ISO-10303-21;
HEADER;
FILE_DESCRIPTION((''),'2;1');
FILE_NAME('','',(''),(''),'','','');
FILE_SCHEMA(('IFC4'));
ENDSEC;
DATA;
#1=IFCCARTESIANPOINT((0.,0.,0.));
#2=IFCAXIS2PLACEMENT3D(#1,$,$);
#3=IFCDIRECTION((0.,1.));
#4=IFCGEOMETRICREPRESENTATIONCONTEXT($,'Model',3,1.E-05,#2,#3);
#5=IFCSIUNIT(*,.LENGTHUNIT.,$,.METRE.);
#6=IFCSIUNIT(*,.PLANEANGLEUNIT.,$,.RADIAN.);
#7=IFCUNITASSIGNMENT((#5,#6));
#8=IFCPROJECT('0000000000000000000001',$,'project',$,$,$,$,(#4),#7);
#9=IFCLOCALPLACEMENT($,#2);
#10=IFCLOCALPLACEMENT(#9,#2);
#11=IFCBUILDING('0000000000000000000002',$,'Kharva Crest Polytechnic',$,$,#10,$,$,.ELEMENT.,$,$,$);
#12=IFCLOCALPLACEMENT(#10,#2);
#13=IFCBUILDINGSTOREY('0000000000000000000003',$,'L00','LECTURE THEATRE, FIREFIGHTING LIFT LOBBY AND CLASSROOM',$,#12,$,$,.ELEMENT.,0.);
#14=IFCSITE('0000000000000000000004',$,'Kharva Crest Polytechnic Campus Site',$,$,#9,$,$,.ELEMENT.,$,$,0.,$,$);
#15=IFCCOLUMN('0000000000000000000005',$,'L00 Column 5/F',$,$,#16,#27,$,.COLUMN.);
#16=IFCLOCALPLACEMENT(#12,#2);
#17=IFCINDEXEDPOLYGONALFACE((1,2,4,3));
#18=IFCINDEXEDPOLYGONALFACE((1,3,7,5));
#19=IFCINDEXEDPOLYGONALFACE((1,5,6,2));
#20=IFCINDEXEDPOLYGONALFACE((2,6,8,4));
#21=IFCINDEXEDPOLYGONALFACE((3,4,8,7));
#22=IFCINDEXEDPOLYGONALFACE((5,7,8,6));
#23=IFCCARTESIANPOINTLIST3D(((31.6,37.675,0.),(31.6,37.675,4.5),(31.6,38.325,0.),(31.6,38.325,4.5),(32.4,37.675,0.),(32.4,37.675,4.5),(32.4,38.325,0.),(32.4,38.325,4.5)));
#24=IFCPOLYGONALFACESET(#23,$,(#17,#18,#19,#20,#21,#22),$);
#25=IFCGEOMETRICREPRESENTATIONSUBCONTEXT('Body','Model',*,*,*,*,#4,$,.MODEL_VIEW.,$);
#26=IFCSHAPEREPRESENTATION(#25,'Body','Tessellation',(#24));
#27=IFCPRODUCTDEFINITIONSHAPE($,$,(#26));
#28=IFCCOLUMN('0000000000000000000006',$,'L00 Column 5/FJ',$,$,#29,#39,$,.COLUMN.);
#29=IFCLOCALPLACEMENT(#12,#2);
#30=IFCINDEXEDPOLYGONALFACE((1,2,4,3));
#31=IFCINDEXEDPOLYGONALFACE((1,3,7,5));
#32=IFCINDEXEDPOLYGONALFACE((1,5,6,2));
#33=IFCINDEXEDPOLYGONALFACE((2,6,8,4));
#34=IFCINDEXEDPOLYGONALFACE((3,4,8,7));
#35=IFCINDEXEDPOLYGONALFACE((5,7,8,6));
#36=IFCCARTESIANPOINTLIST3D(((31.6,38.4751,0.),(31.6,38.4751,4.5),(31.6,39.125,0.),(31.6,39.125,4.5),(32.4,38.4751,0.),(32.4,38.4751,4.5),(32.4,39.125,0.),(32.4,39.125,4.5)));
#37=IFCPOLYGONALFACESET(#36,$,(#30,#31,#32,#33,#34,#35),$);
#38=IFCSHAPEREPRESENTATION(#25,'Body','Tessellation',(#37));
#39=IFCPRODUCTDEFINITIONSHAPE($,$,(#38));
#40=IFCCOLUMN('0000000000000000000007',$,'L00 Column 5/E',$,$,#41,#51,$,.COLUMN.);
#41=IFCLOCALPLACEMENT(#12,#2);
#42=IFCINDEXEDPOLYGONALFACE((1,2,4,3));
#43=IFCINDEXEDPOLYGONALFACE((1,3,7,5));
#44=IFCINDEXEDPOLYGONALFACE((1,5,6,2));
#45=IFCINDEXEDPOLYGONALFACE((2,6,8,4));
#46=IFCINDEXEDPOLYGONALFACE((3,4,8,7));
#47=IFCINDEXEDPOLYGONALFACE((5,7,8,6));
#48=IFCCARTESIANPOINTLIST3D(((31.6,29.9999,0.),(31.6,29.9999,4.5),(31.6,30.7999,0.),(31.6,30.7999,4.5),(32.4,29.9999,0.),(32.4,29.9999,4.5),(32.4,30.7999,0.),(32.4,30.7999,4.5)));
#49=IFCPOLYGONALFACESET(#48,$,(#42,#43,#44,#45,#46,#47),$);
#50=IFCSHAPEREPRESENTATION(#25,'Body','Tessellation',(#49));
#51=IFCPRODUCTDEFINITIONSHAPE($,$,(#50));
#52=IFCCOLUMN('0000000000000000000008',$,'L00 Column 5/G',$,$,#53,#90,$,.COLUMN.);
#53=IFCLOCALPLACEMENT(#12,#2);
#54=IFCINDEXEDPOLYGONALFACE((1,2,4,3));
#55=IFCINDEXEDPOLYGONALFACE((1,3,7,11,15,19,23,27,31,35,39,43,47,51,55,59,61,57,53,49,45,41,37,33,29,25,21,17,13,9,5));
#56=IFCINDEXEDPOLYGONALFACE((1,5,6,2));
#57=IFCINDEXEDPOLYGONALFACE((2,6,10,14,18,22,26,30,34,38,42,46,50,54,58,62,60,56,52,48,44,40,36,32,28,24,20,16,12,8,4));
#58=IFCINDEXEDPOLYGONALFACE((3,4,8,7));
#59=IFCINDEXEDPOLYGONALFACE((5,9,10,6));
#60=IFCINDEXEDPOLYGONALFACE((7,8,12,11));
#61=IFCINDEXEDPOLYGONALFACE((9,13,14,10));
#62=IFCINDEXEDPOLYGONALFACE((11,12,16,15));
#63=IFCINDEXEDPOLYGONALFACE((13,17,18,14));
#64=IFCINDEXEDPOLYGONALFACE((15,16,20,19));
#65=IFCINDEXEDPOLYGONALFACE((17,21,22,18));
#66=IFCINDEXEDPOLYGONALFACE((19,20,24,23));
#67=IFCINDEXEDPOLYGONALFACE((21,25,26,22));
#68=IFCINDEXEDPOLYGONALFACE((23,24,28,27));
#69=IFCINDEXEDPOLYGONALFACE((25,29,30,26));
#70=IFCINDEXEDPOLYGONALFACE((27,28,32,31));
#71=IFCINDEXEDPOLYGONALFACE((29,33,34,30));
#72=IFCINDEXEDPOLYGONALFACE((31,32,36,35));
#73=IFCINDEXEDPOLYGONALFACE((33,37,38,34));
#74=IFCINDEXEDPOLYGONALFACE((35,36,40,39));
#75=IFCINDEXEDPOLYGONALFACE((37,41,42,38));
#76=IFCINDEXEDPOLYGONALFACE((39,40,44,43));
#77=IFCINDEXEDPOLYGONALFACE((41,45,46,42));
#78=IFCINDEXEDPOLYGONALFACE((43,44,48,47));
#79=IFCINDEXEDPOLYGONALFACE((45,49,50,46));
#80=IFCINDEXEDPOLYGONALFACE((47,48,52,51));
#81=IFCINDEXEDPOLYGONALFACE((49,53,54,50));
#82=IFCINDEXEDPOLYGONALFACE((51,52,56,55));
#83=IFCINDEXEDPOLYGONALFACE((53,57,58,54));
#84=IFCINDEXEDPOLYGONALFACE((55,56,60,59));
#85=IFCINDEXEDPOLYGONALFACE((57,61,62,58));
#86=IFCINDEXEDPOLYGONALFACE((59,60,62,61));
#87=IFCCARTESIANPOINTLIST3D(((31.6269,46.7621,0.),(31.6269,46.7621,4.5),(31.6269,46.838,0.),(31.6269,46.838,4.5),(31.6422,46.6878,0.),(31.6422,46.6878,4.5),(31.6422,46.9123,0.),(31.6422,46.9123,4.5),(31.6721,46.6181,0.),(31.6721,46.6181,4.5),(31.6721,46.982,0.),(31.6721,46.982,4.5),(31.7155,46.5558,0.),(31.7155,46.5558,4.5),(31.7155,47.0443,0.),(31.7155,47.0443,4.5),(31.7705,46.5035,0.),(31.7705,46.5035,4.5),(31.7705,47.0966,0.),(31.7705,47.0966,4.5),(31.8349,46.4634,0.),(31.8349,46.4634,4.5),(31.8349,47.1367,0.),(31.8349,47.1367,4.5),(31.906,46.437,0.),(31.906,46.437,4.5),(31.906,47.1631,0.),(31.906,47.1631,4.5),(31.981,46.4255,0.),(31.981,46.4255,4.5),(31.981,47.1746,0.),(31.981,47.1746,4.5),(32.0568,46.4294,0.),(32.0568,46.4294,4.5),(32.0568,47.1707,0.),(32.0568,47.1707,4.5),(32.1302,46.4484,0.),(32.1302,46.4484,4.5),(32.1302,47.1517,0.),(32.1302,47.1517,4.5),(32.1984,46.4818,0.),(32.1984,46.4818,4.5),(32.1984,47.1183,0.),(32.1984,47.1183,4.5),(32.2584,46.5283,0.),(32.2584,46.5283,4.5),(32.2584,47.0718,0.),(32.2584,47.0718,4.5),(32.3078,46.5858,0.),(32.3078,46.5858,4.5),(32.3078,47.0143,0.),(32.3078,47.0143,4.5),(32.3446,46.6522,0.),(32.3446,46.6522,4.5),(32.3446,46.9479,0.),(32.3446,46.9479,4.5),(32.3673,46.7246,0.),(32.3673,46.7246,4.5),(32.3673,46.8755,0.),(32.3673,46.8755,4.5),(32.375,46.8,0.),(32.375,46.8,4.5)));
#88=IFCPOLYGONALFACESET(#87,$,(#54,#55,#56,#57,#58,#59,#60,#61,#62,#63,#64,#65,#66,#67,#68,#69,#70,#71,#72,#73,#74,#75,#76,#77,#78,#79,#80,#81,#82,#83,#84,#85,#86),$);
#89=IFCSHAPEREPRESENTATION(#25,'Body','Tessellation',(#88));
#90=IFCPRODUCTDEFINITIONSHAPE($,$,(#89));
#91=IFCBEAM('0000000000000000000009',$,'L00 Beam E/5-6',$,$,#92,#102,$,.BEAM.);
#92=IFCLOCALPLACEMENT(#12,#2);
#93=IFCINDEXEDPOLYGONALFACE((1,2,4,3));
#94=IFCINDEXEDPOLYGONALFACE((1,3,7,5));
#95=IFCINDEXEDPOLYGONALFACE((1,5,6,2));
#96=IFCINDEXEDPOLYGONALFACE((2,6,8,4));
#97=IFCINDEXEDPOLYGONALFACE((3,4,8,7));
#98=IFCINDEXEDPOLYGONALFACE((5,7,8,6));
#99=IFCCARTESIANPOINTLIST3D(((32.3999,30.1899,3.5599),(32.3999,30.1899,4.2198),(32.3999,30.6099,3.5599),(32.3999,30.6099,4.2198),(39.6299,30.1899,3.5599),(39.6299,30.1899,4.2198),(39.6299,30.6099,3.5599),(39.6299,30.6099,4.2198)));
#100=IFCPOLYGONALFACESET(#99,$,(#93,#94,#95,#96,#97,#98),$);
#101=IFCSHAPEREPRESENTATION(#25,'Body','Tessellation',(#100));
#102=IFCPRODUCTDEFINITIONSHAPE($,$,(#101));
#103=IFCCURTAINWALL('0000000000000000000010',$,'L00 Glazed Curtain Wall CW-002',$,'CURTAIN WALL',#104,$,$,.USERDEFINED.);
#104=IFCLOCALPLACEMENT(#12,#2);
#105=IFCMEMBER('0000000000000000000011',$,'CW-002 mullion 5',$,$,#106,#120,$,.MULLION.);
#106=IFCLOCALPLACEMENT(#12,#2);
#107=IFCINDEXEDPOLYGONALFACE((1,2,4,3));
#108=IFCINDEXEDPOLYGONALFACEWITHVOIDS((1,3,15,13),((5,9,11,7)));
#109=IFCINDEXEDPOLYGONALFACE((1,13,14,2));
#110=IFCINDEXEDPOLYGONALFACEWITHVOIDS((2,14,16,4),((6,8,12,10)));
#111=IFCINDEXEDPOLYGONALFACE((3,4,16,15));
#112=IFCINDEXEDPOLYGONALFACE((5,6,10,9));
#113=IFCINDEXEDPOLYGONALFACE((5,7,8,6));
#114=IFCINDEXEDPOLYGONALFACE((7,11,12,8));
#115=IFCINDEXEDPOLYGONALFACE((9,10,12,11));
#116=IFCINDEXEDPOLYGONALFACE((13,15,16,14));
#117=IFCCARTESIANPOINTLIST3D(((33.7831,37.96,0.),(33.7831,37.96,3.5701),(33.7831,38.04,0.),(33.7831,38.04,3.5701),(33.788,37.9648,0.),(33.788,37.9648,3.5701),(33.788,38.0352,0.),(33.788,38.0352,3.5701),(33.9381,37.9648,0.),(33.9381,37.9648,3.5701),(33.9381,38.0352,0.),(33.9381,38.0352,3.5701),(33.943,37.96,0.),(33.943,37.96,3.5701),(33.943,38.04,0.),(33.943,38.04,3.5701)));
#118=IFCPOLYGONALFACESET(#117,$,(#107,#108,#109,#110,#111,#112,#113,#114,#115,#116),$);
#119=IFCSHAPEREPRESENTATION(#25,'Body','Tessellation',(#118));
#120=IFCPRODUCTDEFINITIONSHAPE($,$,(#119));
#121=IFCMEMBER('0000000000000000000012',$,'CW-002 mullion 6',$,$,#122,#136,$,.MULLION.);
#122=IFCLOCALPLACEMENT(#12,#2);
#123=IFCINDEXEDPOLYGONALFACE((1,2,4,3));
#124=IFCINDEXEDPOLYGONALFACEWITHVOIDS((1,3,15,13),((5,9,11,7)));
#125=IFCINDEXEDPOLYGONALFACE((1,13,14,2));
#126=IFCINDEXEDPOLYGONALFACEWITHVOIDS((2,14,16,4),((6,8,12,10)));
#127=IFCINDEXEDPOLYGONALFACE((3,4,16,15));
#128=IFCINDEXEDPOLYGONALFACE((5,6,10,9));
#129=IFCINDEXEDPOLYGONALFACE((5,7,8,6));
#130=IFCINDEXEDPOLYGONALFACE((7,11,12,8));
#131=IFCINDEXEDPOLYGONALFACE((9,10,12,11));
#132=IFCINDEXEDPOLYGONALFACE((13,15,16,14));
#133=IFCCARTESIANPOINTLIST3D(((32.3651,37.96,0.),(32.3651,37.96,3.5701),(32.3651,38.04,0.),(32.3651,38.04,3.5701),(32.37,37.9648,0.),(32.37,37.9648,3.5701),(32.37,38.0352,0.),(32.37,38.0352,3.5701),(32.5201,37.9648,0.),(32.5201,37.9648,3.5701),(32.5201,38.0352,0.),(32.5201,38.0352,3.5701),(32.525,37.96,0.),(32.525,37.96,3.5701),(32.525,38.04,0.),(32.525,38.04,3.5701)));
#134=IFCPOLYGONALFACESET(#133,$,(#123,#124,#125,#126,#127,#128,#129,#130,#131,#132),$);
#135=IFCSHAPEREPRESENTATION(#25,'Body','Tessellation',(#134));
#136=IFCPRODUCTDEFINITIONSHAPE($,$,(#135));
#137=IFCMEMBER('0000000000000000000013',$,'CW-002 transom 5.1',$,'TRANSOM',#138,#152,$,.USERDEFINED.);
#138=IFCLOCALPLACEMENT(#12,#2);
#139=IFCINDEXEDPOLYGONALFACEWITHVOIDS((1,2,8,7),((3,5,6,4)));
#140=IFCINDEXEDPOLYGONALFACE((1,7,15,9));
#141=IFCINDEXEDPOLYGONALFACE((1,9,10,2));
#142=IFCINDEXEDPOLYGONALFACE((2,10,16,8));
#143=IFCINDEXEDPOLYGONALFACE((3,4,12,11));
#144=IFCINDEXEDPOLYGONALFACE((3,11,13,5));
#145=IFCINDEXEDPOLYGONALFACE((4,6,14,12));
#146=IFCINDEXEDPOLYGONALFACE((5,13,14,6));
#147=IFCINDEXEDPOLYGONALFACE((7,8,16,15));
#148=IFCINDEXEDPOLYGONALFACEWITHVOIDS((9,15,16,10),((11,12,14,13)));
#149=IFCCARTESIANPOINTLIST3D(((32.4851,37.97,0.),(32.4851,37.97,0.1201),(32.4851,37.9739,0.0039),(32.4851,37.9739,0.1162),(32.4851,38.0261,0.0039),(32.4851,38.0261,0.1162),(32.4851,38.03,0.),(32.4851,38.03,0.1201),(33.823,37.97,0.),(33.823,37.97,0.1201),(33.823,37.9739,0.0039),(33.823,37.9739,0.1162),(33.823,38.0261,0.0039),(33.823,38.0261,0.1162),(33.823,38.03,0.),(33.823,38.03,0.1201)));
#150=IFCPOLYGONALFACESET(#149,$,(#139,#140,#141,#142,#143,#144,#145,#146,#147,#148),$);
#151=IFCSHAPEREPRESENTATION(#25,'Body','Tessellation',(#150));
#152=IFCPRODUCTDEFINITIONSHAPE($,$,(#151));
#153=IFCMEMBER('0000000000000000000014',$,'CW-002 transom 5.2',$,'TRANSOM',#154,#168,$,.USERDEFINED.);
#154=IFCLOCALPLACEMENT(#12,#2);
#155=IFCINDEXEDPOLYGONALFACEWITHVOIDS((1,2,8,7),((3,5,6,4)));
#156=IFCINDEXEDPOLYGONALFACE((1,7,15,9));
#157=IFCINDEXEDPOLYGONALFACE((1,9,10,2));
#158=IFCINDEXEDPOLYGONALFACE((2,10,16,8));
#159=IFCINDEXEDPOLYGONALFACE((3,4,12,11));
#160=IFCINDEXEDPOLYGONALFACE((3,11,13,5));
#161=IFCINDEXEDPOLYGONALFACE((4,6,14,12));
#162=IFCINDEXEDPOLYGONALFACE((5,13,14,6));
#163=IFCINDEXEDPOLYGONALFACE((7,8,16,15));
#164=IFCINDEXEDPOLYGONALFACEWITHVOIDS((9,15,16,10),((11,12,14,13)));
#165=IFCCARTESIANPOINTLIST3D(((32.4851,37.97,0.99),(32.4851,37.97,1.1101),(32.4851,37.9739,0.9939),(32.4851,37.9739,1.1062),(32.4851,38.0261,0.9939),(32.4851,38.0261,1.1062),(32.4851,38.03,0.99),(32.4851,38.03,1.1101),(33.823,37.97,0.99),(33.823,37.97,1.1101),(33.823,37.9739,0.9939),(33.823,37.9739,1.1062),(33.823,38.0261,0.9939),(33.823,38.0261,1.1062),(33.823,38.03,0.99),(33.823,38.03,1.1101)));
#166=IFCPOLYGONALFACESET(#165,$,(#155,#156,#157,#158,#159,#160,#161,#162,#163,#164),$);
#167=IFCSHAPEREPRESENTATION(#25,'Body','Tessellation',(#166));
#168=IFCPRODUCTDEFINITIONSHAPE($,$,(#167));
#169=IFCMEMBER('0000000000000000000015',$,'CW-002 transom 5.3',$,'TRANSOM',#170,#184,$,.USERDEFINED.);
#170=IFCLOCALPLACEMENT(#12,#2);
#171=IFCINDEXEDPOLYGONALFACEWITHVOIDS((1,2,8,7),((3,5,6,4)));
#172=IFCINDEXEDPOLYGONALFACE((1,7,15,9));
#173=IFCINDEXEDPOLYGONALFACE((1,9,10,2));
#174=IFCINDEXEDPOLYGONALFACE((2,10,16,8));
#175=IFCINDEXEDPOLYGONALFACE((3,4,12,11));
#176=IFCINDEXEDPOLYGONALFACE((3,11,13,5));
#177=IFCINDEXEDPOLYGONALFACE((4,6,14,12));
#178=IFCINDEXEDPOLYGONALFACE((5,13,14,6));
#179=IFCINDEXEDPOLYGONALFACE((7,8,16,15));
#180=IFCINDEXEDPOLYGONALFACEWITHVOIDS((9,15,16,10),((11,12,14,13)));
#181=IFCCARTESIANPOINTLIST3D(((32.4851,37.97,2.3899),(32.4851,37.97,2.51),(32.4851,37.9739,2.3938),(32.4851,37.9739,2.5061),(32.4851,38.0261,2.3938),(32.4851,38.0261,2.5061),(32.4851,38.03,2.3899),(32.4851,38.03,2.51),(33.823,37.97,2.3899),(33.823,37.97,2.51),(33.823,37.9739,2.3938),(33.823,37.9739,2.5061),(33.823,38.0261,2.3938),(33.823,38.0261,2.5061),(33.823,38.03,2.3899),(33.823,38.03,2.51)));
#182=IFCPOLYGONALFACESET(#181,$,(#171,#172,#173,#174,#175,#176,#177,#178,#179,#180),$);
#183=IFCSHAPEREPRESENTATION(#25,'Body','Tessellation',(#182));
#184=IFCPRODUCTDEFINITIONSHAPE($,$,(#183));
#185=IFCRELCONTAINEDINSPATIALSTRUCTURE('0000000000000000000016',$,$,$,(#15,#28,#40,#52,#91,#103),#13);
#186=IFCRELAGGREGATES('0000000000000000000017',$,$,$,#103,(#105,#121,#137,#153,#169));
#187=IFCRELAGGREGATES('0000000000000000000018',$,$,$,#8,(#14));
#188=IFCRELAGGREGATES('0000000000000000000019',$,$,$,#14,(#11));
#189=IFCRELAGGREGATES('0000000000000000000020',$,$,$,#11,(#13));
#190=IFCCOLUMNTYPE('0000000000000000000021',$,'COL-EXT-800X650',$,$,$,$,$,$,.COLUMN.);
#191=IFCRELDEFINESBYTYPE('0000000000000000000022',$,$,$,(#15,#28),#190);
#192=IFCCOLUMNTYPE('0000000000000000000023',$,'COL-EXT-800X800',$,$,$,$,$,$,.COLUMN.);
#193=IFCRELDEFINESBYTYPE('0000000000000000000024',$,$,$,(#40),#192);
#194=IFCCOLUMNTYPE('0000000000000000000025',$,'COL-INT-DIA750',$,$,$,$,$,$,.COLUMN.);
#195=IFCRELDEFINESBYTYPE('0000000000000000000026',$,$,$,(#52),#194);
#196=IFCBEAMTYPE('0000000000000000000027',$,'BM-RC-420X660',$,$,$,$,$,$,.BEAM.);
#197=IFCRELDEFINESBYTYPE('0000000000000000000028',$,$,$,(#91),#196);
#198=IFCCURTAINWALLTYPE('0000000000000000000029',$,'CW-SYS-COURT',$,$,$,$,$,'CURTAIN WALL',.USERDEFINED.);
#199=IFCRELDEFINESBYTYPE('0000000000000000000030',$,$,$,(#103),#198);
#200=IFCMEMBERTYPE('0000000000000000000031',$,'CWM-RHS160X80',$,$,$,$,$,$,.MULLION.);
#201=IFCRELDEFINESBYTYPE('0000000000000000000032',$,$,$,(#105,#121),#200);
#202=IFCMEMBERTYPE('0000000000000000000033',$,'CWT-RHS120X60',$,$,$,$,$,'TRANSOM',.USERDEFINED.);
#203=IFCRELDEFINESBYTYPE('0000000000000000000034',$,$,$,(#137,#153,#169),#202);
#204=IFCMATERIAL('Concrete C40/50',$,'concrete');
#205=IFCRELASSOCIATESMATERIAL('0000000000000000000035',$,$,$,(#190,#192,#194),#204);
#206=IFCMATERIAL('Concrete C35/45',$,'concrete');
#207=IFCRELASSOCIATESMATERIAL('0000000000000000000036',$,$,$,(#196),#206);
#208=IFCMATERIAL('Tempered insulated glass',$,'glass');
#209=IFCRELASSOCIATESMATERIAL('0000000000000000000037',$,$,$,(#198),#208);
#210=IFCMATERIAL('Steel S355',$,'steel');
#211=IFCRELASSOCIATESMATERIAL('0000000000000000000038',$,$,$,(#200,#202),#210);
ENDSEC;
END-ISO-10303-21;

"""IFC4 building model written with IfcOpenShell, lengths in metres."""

from ifc_helpers import new_model, si_unit, direction, frame, origin, origin_2d, place, context, subcontext, project, spatial, rectangle, hollow_rectangle, circle, extrude, material, material_profile, profile_set, type_object, element, aggregate, save


model = new_model("IFC4")

# Units and contexts
model_context = context("Model", 3, precision=1e-05, world=origin(), true_north=direction((0.0, 1.0)))
body_context = subcontext(model_context, "Body", "Model", "MODEL_VIEW")
ifc_project = project(units=[si_unit("LENGTHUNIT", "METRE"), si_unit("PLANEANGLEUNIT", "RADIAN")], contexts=[model_context])

# Site, building, storey
site_placement = place(None, origin())
site = spatial("IfcSite", under=ifc_project, at=site_placement, Name="Kharva Crest Polytechnic Campus Site", CompositionType="ELEMENT", RefElevation=0.0)
building_placement = place(site_placement, origin())
building = spatial("IfcBuilding", under=site, at=building_placement, Name="Kharva Crest Polytechnic", CompositionType="ELEMENT")
storey_placement = place(building_placement, origin())
storey = spatial("IfcBuildingStorey", under=building, at=storey_placement, Name="L00", Description="LECTURE THEATRE, FIREFIGHTING LIFT LOBBY AND CLASSROOM", CompositionType="ELEMENT", Elevation=0.0)

# Shared definitions
ifc_material_1 = material(Name="Concrete C35/45", Category="concrete")

# Columns
ifc_material_2 = material(Name="Concrete C40/50", Category="concrete")
ifc_material_profile_1 = material_profile(ifc_material_2, rectangle(XDim=0.8, YDim=0.6499, at=origin_2d()), Name="RECT 800 X 650")
ifc_profile_set_1 = profile_set([ifc_material_profile_1], Name="Concrete C40/50")
column_type_1 = type_object("IfcColumnType", Name="COL-EXT-800X650", PredefinedType="COLUMN", material=ifc_profile_set_1)
for number, where, z_axis, x_axis, name in (
    (1, (32.0, 38.0, 0.0), (0.0, 0.0, 1.0), (1.0, 0.0, 0.0), "L00 Column 5/F"),
    (2, (32.0, 38.8, 0.0), (0.0, 0.0, 1.0), (1.0, 0.0, 0.0), "L00 Column 5/FJ"),
):
    element("IfcColumn", number, at=place(storey_placement, frame(where, z_axis=z_axis, x_axis=x_axis)), inside=storey, type_object=column_type_1, Name=name, PredefinedType="COLUMN", context=body_context, shape_type="SweptSolid", body=[
        extrude(rectangle(XDim=0.8, YDim=0.6499, at=origin_2d()), origin(), (0.0, 0.0, 1.0), 4.5),
    ])
ifc_material_profile_2 = material_profile(ifc_material_2, rectangle(XDim=0.8, YDim=0.8, at=origin_2d()), Name="RECT 800 X 800")
ifc_profile_set_2 = profile_set([ifc_material_profile_2], Name="Concrete C40/50")
column_type_2 = type_object("IfcColumnType", Name="COL-EXT-800X800", PredefinedType="COLUMN", material=ifc_profile_set_2)
column_1_placement = place(storey_placement, frame((32.0, 30.3999, 0.0), z_axis=(0.0, 0.0, 1.0), x_axis=(1.0, 0.0, 0.0)))
element("IfcColumn", 3, at=column_1_placement, inside=storey, type_object=column_type_2, Name="L00 Column 5/E", PredefinedType="COLUMN", context=body_context, shape_type="SweptSolid", body=[
    extrude(rectangle(XDim=0.8, YDim=0.8, at=origin_2d()), origin(), (0.0, 0.0, 1.0), 4.5),
])
ifc_material_profile_3 = material_profile(ifc_material_2, circle(Radius=0.375, at=origin_2d()), Name="DIA 750")
ifc_profile_set_3 = profile_set([ifc_material_profile_3], Name="Concrete C40/50")
column_type_3 = type_object("IfcColumnType", Name="COL-INT-DIA750", PredefinedType="COLUMN", material=ifc_profile_set_3)
column_2_placement = place(storey_placement, frame((32.0, 46.8, 0.0), z_axis=(0.0, 0.0, 1.0), x_axis=(1.0, 0.0, 0.0)))
element("IfcColumn", 4, at=column_2_placement, inside=storey, type_object=column_type_3, Name="L00 Column 5/G", PredefinedType="COLUMN", context=body_context, shape_type="SweptSolid", body=[
    extrude(circle(Radius=0.375, at=origin_2d()), origin(), (0.0, 0.0, 1.0), 4.5),
])

# Beam
ifc_material_profile_4 = material_profile(ifc_material_1, rectangle(XDim=0.4199, YDim=0.6599, at=origin_2d()), Name="RECT 420 X 660")
ifc_profile_set_4 = profile_set([ifc_material_profile_4], Name="Concrete C35/45")
beam_type_1 = type_object("IfcBeamType", Name="BM-RC-420X660", PredefinedType="BEAM", material=ifc_profile_set_4)
beam_1_placement = place(storey_placement, frame((32.3999, 30.3999, 3.8899), z_axis=(1.0, 0.0, 0.0), x_axis=(0.0, 1.0, 0.0)))
element("IfcBeam", 5, at=beam_1_placement, inside=storey, type_object=beam_type_1, Name="L00 Beam E/5-6", PredefinedType="BEAM", context=body_context, shape_type="SweptSolid", body=[
    extrude(rectangle(XDim=0.4199, YDim=0.6599, at=origin_2d()), origin(), (0.0, 0.0, 1.0), 7.23),
])

# Curtain wall, members
ifc_material_3 = material(Name="Tempered insulated glass", Category="glass")
curtain_wall_type = type_object("IfcCurtainWallType", Name="CW-SYS-COURT", ElementType="CURTAIN WALL", PredefinedType="USERDEFINED", material=ifc_material_3)
curtain_wall_placement = place(storey_placement, origin())
curtain_wall = element("IfcCurtainWall", 6, at=curtain_wall_placement, inside=storey, type_object=curtain_wall_type, Name="L00 Glazed Curtain Wall CW-002", ObjectType="CURTAIN WALL", PredefinedType="USERDEFINED")
ifc_material_4 = material(Name="Steel S355", Category="steel")
ifc_material_profile_5 = material_profile(ifc_material_4, hollow_rectangle(XDim=0.0801, YDim=0.1599, WallThickness=0.0049, at=origin_2d()), Name="RHS 160X80X5.0")
ifc_profile_set_5 = profile_set([ifc_material_profile_5], Name="Steel S355")
member_type_1 = type_object("IfcMemberType", Name="CWM-RHS160X80", PredefinedType="MULLION", material=ifc_profile_set_5)
member_1_placement = place(storey_placement, frame((33.863, 38.0, 0.0), z_axis=(0.0, 0.0, 1.0), x_axis=(0.0, -1.0, 0.0)))
member_1 = element("IfcMember", 7, at=member_1_placement, type_object=member_type_1, Name="CW-002 mullion 5", PredefinedType="MULLION", context=body_context, shape_type="SweptSolid", body=[
    extrude(hollow_rectangle(XDim=0.0801, YDim=0.1599, WallThickness=0.0049, at=origin_2d()), origin(), (0.0, 0.0, 1.0), 3.5701),
])
member_2_placement = place(storey_placement, frame((32.4451, 38.0, 0.0), z_axis=(0.0, 0.0, 1.0), x_axis=(0.0, -1.0, 0.0)))
member_2 = element("IfcMember", 8, at=member_2_placement, type_object=member_type_1, Name="CW-002 mullion 6", PredefinedType="MULLION", context=body_context, shape_type="SweptSolid", body=[
    extrude(hollow_rectangle(XDim=0.0801, YDim=0.1599, WallThickness=0.0049, at=origin_2d()), origin(), (0.0, 0.0, 1.0), 3.5701),
])
ifc_material_profile_6 = material_profile(ifc_material_4, hollow_rectangle(XDim=0.0601, YDim=0.1201, WallThickness=0.0039, at=origin_2d()), Name="RHS 120X60X4.0")
ifc_profile_set_6 = profile_set([ifc_material_profile_6], Name="Steel S355")
member_type_2 = type_object("IfcMemberType", Name="CWT-RHS120X60", ElementType="TRANSOM", PredefinedType="USERDEFINED", material=ifc_profile_set_6)
member_3_placement = place(storey_placement, frame((33.823, 38.0, 0.0601), z_axis=(-1.0, 0.0, 0.0), x_axis=(0.0, -1.0, 0.0)))
member_3 = element("IfcMember", 9, at=member_3_placement, type_object=member_type_2, Name="CW-002 transom 5.1", ObjectType="TRANSOM", PredefinedType="USERDEFINED", context=body_context, shape_type="SweptSolid", body=[
    extrude(hollow_rectangle(XDim=0.0601, YDim=0.1201, WallThickness=0.0039, at=origin_2d()), origin(), (0.0, 0.0, 1.0), 1.3379),
])
member_4_placement = place(storey_placement, frame((33.823, 38.0, 1.05), z_axis=(-1.0, 0.0, 0.0), x_axis=(0.0, -1.0, 0.0)))
member_4 = element("IfcMember", 10, at=member_4_placement, type_object=member_type_2, Name="CW-002 transom 5.2", ObjectType="TRANSOM", PredefinedType="USERDEFINED", context=body_context, shape_type="SweptSolid", body=[
    extrude(hollow_rectangle(XDim=0.0601, YDim=0.1201, WallThickness=0.0039, at=origin_2d()), origin(), (0.0, 0.0, 1.0), 1.3379),
])
member_5_placement = place(storey_placement, frame((33.823, 38.0, 2.45), z_axis=(-1.0, 0.0, 0.0), x_axis=(0.0, -1.0, 0.0)))
member_5 = element("IfcMember", 11, at=member_5_placement, type_object=member_type_2, Name="CW-002 transom 5.3", ObjectType="TRANSOM", PredefinedType="USERDEFINED", context=body_context, shape_type="SweptSolid", body=[
    extrude(hollow_rectangle(XDim=0.0601, YDim=0.1201, WallThickness=0.0039, at=origin_2d()), origin(), (0.0, 0.0, 1.0), 1.3379),
])

aggregate(curtain_wall, [member_1, member_2, member_3, member_4, member_5])

save(model, "model.ifc")
